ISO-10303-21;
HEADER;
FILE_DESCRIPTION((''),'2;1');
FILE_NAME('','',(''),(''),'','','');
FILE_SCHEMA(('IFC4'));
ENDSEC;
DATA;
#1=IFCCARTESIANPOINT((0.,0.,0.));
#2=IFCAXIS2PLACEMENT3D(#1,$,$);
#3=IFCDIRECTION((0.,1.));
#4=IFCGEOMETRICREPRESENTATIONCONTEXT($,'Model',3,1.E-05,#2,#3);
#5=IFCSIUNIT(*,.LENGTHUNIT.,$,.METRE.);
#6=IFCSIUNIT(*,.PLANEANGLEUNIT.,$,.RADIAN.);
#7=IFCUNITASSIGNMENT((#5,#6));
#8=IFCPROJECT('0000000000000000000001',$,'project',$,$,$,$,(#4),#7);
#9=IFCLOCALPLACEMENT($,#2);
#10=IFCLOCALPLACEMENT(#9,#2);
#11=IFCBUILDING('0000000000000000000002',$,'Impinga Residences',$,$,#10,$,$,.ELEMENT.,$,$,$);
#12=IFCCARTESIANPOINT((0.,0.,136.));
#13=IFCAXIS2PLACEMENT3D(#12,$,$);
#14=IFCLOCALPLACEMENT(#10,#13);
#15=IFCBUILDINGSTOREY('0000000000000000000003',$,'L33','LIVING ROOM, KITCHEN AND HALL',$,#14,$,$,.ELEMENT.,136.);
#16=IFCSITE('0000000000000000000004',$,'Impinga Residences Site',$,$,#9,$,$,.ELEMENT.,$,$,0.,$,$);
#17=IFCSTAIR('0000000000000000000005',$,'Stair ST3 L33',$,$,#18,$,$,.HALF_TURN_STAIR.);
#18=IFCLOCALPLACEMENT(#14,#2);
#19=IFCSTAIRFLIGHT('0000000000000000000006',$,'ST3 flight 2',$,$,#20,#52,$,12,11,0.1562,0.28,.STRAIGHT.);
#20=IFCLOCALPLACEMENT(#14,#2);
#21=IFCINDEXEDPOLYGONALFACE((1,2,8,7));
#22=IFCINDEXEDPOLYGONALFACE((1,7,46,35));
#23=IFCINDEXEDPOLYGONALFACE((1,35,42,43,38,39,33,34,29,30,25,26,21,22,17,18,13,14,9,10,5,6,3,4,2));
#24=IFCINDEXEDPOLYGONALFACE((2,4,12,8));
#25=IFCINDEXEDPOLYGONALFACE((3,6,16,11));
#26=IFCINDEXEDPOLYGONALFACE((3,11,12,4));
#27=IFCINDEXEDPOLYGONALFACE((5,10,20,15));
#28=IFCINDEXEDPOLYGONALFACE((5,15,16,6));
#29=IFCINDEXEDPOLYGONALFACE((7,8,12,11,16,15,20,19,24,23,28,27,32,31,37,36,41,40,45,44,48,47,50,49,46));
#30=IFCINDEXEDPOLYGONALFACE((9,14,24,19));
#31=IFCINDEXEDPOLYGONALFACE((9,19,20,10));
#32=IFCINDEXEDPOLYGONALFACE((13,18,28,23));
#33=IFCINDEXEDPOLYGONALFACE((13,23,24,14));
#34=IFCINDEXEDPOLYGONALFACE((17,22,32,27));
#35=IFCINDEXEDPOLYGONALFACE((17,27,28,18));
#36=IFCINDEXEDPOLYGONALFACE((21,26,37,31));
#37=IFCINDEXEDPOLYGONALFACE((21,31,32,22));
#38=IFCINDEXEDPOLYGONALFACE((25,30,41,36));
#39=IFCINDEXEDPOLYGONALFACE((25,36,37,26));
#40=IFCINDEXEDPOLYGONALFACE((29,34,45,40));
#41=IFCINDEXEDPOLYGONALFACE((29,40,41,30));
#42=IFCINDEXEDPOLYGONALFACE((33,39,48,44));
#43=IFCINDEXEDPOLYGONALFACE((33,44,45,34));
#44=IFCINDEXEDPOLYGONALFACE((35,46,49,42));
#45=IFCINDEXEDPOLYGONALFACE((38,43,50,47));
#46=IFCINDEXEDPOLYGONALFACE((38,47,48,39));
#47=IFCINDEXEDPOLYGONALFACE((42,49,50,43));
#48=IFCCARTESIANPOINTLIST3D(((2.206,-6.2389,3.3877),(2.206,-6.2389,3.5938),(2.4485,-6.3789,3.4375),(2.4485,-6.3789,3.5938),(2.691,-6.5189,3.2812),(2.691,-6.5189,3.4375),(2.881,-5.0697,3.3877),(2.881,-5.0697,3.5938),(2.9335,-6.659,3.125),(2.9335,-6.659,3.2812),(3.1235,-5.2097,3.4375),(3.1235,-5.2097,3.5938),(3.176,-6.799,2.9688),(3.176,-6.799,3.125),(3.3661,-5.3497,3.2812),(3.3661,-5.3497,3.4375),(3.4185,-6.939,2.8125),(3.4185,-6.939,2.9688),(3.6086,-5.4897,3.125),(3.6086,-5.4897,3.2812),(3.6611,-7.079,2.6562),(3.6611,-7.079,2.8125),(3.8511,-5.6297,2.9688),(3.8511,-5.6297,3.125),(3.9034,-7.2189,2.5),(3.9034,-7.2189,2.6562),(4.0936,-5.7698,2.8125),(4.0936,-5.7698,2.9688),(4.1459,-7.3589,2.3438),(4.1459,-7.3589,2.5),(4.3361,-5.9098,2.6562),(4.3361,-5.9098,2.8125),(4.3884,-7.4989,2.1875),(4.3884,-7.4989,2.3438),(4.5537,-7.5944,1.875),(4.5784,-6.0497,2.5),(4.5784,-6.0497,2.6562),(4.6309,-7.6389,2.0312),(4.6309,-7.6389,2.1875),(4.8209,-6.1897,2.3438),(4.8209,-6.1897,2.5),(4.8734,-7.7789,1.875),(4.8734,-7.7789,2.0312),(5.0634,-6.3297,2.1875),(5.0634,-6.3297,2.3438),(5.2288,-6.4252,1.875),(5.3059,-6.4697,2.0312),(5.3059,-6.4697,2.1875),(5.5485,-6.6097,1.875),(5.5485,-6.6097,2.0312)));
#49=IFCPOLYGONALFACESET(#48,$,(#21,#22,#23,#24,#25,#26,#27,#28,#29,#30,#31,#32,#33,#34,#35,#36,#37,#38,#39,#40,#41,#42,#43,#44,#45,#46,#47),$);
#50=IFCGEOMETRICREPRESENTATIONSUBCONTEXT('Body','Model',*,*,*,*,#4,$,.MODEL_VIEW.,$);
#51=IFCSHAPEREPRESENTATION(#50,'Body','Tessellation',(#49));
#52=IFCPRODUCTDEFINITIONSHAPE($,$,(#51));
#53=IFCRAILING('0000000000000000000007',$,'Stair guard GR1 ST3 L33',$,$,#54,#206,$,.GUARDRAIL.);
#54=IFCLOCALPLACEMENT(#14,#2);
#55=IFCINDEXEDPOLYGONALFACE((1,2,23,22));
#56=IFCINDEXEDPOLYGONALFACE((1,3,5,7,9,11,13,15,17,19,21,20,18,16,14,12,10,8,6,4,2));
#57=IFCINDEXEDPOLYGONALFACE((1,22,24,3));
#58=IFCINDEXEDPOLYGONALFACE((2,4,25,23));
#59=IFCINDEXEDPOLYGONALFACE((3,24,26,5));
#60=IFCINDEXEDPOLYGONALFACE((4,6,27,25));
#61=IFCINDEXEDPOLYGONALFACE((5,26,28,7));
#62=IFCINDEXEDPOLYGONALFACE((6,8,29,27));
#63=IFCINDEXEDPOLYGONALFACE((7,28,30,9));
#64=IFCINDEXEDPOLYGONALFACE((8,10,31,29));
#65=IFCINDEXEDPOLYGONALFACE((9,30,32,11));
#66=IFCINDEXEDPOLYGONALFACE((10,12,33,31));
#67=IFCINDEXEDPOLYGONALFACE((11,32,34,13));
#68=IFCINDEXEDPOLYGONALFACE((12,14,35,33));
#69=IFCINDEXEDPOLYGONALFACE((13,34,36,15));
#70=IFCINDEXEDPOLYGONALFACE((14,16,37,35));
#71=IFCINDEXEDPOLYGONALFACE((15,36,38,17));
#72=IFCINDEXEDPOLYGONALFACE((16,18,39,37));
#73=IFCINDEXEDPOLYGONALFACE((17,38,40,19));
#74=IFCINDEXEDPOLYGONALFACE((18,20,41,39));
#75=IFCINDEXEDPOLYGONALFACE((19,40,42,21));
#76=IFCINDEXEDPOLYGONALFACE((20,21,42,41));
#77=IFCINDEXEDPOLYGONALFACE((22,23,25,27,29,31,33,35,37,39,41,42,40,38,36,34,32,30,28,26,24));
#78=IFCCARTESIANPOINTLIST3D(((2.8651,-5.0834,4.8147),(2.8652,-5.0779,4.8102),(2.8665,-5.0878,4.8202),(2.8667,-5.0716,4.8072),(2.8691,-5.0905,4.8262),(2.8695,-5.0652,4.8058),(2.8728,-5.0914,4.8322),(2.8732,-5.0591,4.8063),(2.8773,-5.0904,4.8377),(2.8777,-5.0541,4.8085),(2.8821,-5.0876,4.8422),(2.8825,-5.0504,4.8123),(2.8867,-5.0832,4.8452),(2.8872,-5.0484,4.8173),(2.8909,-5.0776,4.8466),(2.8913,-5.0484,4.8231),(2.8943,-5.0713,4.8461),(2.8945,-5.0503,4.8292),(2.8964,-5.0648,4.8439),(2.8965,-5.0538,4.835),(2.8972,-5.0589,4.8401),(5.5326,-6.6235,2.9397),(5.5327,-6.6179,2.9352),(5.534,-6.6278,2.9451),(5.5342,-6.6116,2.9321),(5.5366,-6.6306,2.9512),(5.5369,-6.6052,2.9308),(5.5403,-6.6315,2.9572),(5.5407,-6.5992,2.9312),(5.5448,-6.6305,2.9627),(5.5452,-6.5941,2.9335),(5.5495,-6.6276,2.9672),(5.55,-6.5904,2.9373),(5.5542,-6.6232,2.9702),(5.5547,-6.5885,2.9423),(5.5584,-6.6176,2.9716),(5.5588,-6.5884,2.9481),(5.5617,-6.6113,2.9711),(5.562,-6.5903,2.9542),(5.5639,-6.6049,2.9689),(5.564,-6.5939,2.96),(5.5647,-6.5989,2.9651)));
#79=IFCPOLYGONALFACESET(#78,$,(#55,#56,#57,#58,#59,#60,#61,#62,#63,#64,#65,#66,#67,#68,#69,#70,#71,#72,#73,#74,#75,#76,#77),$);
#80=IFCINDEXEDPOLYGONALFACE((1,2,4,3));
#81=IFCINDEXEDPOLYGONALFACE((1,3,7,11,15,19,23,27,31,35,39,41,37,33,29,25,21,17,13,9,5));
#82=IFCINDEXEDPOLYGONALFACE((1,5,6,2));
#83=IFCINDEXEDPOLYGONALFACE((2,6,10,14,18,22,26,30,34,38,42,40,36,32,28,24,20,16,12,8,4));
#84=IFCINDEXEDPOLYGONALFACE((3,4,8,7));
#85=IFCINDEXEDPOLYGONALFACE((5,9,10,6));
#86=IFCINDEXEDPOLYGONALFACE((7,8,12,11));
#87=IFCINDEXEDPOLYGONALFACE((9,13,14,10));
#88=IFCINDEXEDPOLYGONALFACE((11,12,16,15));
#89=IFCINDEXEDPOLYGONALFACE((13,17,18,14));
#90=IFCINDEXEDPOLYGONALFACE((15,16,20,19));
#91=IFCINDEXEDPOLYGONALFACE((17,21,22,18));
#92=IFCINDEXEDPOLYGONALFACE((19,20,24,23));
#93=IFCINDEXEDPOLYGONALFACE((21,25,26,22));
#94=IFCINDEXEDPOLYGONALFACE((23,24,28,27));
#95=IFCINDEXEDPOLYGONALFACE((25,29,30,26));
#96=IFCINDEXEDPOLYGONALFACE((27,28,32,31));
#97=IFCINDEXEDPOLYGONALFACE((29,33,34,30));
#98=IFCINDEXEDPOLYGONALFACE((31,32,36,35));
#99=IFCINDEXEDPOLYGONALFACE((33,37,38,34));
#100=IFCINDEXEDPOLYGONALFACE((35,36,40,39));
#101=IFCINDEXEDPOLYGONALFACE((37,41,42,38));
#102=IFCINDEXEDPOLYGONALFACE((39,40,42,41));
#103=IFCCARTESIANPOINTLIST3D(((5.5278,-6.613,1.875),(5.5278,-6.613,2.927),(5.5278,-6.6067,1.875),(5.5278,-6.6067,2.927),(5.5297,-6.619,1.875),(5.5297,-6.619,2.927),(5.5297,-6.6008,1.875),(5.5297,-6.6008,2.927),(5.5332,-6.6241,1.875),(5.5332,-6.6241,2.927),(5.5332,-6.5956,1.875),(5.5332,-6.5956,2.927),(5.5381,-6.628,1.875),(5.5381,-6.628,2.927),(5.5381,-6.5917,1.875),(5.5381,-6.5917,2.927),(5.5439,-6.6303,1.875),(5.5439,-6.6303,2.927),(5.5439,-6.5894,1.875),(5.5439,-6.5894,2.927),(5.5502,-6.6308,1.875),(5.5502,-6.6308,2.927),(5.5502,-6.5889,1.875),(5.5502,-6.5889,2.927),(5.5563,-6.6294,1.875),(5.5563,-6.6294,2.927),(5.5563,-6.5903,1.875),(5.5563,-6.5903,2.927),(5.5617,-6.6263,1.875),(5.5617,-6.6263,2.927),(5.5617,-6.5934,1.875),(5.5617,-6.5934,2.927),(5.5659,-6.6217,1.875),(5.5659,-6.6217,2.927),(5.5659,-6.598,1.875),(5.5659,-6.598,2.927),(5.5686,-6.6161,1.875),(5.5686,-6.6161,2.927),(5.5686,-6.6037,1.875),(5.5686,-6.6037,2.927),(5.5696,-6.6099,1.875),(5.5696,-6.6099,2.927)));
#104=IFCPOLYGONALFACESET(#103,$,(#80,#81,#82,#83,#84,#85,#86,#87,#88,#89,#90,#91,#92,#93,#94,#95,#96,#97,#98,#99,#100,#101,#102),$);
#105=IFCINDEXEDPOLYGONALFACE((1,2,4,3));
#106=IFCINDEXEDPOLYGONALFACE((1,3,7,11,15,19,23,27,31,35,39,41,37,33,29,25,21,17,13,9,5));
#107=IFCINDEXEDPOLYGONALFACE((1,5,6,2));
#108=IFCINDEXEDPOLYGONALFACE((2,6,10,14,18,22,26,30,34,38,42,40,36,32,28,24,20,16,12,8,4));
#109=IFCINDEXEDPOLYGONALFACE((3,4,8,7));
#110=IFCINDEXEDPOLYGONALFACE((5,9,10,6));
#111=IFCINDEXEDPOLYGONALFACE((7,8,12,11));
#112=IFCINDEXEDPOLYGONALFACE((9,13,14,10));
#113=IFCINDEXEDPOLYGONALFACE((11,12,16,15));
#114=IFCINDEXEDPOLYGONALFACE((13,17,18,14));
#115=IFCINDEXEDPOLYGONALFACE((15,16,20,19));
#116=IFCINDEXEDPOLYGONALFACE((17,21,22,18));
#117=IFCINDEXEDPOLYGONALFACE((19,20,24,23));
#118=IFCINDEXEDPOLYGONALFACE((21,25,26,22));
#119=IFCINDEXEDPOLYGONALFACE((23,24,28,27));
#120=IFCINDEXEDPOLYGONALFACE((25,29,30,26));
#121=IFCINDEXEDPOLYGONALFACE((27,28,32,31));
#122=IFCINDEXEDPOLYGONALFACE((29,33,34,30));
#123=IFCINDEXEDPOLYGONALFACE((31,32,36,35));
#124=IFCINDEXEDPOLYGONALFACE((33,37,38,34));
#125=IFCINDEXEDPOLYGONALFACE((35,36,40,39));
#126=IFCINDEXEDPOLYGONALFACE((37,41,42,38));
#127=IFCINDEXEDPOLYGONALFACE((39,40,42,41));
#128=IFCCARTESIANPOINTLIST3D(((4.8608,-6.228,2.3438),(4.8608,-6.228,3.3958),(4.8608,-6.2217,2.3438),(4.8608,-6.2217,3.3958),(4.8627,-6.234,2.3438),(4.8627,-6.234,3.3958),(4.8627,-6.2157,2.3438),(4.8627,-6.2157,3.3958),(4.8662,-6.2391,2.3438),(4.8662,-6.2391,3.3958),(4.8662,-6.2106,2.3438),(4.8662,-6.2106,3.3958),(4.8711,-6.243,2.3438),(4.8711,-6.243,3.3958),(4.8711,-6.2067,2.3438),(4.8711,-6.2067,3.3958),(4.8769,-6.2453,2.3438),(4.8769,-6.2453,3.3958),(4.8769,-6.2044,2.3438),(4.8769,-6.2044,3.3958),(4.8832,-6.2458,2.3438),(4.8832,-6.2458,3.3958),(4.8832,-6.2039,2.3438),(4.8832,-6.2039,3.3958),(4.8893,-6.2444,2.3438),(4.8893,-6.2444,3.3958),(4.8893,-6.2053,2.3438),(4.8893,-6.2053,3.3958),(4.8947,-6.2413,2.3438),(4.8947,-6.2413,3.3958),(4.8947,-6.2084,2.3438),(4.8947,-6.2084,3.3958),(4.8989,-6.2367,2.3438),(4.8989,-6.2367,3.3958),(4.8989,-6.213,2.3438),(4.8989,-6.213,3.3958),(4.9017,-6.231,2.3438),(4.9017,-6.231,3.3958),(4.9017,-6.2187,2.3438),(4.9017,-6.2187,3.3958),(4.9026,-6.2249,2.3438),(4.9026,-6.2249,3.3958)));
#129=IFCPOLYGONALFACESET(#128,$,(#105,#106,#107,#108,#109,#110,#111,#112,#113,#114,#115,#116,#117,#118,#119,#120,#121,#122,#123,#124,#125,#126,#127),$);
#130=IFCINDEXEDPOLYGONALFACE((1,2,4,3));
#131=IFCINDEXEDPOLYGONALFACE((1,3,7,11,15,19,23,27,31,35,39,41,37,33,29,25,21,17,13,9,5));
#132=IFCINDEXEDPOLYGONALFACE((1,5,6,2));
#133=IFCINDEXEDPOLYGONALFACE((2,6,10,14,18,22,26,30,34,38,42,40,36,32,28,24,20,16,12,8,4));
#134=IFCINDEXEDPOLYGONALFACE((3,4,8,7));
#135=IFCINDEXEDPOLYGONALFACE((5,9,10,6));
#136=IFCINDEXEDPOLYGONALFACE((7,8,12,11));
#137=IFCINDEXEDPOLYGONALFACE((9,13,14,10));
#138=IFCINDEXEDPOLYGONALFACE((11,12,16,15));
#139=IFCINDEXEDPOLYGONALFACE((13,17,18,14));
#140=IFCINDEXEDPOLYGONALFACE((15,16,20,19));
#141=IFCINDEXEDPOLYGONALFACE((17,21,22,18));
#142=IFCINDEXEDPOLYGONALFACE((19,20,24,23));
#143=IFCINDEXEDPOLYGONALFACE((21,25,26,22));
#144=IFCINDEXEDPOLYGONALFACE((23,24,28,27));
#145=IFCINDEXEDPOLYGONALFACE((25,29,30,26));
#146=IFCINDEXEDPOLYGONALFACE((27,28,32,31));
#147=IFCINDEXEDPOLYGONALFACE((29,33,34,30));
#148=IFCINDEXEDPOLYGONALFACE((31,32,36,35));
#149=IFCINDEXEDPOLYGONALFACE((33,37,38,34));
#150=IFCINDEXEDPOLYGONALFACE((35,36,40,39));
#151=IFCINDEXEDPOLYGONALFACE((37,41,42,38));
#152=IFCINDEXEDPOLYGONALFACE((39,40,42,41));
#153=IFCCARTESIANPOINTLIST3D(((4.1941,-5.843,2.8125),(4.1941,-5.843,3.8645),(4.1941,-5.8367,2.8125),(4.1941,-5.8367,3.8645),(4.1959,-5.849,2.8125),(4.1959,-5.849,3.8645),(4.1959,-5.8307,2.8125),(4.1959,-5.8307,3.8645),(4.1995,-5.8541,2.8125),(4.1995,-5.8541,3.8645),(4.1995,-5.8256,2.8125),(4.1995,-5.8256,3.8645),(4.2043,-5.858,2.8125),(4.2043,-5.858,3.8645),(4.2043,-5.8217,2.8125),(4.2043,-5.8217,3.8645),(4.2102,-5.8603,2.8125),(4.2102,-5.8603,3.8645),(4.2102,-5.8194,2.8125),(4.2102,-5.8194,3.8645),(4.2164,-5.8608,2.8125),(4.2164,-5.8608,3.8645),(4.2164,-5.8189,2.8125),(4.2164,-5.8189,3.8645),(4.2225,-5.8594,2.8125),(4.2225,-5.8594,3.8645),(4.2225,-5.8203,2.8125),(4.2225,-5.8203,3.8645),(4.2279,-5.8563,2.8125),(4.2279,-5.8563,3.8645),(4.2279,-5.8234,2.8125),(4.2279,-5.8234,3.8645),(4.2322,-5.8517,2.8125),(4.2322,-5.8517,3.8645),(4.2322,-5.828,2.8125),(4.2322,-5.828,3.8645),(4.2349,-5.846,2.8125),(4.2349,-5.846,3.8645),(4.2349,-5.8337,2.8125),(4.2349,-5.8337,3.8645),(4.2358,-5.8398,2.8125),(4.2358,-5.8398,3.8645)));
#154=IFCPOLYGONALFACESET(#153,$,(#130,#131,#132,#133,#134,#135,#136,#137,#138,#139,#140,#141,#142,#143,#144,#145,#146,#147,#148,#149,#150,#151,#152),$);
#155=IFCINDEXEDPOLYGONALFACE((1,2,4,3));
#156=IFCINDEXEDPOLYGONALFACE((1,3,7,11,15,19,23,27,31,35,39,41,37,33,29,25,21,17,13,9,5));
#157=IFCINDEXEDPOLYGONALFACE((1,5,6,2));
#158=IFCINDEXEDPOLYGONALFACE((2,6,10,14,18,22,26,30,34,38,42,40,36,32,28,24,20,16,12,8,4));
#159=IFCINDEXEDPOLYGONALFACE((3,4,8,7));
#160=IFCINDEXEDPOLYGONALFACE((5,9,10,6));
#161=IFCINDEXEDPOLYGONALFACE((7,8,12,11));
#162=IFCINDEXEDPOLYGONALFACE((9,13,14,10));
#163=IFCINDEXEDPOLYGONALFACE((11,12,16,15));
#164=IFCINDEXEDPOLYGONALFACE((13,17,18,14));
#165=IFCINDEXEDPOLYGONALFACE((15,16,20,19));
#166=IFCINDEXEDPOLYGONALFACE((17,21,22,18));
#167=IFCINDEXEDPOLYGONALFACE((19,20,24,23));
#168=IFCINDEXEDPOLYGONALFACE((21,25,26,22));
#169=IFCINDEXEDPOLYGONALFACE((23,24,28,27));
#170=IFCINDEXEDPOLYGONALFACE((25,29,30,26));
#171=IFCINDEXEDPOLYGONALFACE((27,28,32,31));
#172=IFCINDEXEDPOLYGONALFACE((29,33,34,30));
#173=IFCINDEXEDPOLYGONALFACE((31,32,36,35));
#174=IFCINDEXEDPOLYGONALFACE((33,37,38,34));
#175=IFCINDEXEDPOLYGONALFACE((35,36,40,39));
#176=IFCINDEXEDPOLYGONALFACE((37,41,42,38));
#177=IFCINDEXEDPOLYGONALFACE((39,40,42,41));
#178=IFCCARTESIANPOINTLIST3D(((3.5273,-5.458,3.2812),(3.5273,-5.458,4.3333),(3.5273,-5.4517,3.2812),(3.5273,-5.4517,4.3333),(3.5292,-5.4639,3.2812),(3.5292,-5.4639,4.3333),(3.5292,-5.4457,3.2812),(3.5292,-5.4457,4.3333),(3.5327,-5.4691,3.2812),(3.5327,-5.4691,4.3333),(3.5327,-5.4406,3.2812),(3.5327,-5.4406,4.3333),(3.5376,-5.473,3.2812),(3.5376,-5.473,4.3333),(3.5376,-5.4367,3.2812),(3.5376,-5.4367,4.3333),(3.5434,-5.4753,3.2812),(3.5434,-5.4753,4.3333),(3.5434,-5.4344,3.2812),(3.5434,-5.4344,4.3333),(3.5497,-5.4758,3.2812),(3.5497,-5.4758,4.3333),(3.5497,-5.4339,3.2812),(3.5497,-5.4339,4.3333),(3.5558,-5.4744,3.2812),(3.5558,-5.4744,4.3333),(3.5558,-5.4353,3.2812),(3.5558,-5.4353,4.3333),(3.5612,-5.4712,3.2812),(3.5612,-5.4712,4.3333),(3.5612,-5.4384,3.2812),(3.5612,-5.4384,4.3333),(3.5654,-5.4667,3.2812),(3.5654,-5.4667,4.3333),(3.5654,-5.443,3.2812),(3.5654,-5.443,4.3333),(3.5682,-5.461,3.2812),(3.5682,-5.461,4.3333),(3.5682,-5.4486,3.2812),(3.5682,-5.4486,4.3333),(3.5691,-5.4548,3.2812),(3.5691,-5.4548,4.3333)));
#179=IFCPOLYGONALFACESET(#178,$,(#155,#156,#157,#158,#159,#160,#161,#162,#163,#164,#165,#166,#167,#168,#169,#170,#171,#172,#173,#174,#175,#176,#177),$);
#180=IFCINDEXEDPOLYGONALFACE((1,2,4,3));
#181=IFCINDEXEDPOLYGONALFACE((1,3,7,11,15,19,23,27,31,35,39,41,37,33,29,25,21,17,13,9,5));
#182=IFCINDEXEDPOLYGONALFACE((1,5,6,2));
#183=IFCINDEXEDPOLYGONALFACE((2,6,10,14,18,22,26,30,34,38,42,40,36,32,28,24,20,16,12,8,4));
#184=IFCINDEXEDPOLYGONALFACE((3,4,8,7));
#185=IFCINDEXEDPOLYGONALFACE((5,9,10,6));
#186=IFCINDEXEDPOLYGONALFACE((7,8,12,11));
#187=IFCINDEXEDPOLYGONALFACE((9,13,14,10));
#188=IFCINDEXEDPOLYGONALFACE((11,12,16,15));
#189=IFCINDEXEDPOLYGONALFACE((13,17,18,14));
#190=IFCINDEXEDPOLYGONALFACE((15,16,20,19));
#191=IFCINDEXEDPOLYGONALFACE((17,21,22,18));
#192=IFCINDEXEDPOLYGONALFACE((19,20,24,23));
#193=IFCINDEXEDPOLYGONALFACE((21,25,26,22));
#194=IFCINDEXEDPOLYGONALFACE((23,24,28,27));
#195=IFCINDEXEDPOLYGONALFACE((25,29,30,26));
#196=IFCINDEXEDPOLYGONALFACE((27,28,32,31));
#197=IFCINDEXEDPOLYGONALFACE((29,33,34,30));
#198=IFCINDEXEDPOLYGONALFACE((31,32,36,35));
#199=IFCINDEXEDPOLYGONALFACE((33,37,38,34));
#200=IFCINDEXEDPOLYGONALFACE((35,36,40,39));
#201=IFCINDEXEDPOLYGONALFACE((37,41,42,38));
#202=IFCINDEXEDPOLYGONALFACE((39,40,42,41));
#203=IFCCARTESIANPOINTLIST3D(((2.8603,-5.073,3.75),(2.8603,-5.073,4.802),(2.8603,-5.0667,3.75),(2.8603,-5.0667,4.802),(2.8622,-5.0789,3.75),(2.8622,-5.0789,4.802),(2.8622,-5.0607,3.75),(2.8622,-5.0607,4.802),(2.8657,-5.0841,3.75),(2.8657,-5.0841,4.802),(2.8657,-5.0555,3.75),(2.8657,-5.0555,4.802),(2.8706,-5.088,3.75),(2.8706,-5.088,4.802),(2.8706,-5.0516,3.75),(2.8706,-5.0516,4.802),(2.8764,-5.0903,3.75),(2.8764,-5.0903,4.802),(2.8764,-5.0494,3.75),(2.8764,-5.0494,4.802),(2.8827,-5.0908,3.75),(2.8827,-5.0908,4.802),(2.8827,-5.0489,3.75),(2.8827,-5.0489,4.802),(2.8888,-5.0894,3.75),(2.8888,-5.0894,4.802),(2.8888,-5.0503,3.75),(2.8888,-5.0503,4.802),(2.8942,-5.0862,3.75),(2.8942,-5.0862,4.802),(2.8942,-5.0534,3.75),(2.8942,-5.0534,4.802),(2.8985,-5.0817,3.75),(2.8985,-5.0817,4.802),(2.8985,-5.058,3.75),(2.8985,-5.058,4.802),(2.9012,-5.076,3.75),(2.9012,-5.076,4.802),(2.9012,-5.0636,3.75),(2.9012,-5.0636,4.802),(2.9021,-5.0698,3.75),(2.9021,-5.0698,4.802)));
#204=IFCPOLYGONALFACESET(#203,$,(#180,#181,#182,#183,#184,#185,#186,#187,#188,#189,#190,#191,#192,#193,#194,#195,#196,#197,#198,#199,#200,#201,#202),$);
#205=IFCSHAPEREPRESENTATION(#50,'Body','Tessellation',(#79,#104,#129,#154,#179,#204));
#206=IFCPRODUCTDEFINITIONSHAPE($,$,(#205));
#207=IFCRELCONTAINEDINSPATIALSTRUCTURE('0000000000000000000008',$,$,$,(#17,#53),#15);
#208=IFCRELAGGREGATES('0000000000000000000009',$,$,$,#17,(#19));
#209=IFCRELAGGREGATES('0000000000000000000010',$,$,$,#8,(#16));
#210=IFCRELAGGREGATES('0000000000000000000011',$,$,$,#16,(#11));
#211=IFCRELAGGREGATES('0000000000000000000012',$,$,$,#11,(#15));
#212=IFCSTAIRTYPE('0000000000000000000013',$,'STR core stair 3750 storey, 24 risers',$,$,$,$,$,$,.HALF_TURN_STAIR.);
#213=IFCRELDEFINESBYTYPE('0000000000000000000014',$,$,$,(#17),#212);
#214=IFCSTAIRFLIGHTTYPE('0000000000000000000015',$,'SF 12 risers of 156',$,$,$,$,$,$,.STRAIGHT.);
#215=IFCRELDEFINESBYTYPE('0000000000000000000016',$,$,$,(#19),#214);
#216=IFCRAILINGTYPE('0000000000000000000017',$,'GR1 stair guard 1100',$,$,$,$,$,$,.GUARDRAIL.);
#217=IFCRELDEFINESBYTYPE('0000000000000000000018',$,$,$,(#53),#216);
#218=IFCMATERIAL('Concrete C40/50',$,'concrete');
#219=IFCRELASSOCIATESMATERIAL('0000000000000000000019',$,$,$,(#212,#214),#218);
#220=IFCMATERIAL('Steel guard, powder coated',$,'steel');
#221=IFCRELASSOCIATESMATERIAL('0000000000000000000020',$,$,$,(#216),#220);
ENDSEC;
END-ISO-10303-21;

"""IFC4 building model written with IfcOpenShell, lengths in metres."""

from ifc_helpers import new_model, si_unit, direction, frame, origin, origin_2d, place, context, subcontext, project, spatial, polyline, circle, outline, extrude, material, type_object, element, aggregate, save


model = new_model("IFC4")

# Units and contexts
model_context = context("Model", 3, precision=1e-05, world=origin(), true_north=direction((0.0, 1.0)))
body_context = subcontext(model_context, "Body", "Model", "MODEL_VIEW")
ifc_project = project(units=[si_unit("LENGTHUNIT", "METRE"), si_unit("PLANEANGLEUNIT", "RADIAN")], contexts=[model_context])

# Site, building, storey
site_placement = place(None, origin())
site = spatial("IfcSite", under=ifc_project, at=site_placement, Name="Impinga Residences Site", CompositionType="ELEMENT", RefElevation=0.0)
building_placement = place(site_placement, origin())
building = spatial("IfcBuilding", under=site, at=building_placement, Name="Impinga Residences", CompositionType="ELEMENT")
storey_placement = place(building_placement, frame((0.0, 0.0, 136.0)))
storey = spatial("IfcBuildingStorey", under=building, at=storey_placement, Name="L33", Description="LIVING ROOM, KITCHEN AND HALL", CompositionType="ELEMENT", Elevation=136.0)

# Stair, stair flight
ifc_material_1 = material(Name="Concrete C40/50", Category="concrete")
stair_type = type_object("IfcStairType", Name="STR core stair 3750 storey, 24 risers", PredefinedType="HALF_TURN_STAIR", material=ifc_material_1)
stair_placement = place(storey_placement, origin())
stair = element("IfcStair", 1, at=stair_placement, inside=storey, type_object=stair_type, Name="Stair ST3 L33", PredefinedType="HALF_TURN_STAIR")
stair_flight_type = type_object("IfcStairFlightType", Name="SF 12 risers of 156", PredefinedType="STRAIGHT", material=ifc_material_1)
stair_flight_1_placement = place(storey_placement, frame((5.2109, -7.1943, 1.875), z_axis=(0.0, 0.0, 1.0), x_axis=(-0.866025, 0.5, 0.0)))
stair_flight_1 = element("IfcStairFlight", 2, at=stair_flight_1_placement, type_object=stair_flight_type, Name="ST3 flight 2", NumberOfRisers=12, NumberOfTreads=11, PredefinedType="STRAIGHT", RiserHeight=0.1562, TreadLength=0.28, context=body_context, shape_type="SweptSolid", body=[
    extrude(outline(polyline([(0.0, 0.0), (0.0, 0.1562), (0.28, 0.1562), (0.28, 0.3125), (0.5601, 0.3125), (0.5601, 0.4688), (0.8401, 0.4688), (0.8401, 0.625), (1.1201, 0.625), (1.1201, 0.7812), (1.3999, 0.7812), (1.3999, 0.9375), (1.6799, 0.9375), (1.6799, 1.0938), (1.96, 1.0938), (1.96, 1.25), (2.24, 1.25), (2.24, 1.4062), (2.52, 1.4062), (2.52, 1.5625), (2.8, 1.5625), (2.8, 1.7188), (3.0801, 1.7188), (3.0801, 1.875), (3.0801, 1.5127), (0.3691, 0.0), (0.0, 0.0)])), frame((0.0, 0.675, 0.0), z_axis=(0.0, -1.0, 0.0), x_axis=(1.0, 0.0, 0.0)), (0.0, 0.0, 1.0), 1.3501),
])
aggregate(stair, [stair_flight_1])

# Railing
ifc_material_2 = material(Name="Steel guard, powder coated", Category="steel")
railing_type_1 = type_object("IfcRailingType", Name="GR1 stair guard 1100", PredefinedType="GUARDRAIL", material=ifc_material_2)
railing_1_placement = place(storey_placement, frame((5.5486, -6.6099, 1.875)))
element("IfcRailing", 3, at=railing_1_placement, inside=storey, type_object=railing_type_1, Name="Stair guard GR1 ST3 L33", PredefinedType="GUARDRAIL", context=body_context, shape_type="SweptSolid", body=[
    extrude(circle(Radius=0.0239, at=origin_2d()), frame((0.0, 0.0, 1.0762), z_axis=(-0.739746, 0.427084, 0.519975), x_axis=(-0.499992, -0.86603, 0.0)), (0.0, 0.0, 1.0), 3.606),
    extrude(circle(Radius=0.021, at=origin_2d()), origin(), (0.0, 0.0, 1.0), 1.052),
    extrude(circle(Radius=0.021, at=origin_2d()), frame((-0.667, 0.385, 0.4688)), (0.0, 0.0, 1.0), 1.052),
    extrude(circle(Radius=0.021, at=origin_2d()), frame((-1.3337, 0.77, 0.9375)), (0.0, 0.0, 1.0), 1.052),
    extrude(circle(Radius=0.021, at=origin_2d()), frame((-2.0005, 1.155, 1.4062)), (0.0, 0.0, 1.0), 1.052),
    extrude(circle(Radius=0.021, at=origin_2d()), frame((-2.6675, 1.54, 1.875)), (0.0, 0.0, 1.0), 1.052),
])

save(model, "model.ifc")
